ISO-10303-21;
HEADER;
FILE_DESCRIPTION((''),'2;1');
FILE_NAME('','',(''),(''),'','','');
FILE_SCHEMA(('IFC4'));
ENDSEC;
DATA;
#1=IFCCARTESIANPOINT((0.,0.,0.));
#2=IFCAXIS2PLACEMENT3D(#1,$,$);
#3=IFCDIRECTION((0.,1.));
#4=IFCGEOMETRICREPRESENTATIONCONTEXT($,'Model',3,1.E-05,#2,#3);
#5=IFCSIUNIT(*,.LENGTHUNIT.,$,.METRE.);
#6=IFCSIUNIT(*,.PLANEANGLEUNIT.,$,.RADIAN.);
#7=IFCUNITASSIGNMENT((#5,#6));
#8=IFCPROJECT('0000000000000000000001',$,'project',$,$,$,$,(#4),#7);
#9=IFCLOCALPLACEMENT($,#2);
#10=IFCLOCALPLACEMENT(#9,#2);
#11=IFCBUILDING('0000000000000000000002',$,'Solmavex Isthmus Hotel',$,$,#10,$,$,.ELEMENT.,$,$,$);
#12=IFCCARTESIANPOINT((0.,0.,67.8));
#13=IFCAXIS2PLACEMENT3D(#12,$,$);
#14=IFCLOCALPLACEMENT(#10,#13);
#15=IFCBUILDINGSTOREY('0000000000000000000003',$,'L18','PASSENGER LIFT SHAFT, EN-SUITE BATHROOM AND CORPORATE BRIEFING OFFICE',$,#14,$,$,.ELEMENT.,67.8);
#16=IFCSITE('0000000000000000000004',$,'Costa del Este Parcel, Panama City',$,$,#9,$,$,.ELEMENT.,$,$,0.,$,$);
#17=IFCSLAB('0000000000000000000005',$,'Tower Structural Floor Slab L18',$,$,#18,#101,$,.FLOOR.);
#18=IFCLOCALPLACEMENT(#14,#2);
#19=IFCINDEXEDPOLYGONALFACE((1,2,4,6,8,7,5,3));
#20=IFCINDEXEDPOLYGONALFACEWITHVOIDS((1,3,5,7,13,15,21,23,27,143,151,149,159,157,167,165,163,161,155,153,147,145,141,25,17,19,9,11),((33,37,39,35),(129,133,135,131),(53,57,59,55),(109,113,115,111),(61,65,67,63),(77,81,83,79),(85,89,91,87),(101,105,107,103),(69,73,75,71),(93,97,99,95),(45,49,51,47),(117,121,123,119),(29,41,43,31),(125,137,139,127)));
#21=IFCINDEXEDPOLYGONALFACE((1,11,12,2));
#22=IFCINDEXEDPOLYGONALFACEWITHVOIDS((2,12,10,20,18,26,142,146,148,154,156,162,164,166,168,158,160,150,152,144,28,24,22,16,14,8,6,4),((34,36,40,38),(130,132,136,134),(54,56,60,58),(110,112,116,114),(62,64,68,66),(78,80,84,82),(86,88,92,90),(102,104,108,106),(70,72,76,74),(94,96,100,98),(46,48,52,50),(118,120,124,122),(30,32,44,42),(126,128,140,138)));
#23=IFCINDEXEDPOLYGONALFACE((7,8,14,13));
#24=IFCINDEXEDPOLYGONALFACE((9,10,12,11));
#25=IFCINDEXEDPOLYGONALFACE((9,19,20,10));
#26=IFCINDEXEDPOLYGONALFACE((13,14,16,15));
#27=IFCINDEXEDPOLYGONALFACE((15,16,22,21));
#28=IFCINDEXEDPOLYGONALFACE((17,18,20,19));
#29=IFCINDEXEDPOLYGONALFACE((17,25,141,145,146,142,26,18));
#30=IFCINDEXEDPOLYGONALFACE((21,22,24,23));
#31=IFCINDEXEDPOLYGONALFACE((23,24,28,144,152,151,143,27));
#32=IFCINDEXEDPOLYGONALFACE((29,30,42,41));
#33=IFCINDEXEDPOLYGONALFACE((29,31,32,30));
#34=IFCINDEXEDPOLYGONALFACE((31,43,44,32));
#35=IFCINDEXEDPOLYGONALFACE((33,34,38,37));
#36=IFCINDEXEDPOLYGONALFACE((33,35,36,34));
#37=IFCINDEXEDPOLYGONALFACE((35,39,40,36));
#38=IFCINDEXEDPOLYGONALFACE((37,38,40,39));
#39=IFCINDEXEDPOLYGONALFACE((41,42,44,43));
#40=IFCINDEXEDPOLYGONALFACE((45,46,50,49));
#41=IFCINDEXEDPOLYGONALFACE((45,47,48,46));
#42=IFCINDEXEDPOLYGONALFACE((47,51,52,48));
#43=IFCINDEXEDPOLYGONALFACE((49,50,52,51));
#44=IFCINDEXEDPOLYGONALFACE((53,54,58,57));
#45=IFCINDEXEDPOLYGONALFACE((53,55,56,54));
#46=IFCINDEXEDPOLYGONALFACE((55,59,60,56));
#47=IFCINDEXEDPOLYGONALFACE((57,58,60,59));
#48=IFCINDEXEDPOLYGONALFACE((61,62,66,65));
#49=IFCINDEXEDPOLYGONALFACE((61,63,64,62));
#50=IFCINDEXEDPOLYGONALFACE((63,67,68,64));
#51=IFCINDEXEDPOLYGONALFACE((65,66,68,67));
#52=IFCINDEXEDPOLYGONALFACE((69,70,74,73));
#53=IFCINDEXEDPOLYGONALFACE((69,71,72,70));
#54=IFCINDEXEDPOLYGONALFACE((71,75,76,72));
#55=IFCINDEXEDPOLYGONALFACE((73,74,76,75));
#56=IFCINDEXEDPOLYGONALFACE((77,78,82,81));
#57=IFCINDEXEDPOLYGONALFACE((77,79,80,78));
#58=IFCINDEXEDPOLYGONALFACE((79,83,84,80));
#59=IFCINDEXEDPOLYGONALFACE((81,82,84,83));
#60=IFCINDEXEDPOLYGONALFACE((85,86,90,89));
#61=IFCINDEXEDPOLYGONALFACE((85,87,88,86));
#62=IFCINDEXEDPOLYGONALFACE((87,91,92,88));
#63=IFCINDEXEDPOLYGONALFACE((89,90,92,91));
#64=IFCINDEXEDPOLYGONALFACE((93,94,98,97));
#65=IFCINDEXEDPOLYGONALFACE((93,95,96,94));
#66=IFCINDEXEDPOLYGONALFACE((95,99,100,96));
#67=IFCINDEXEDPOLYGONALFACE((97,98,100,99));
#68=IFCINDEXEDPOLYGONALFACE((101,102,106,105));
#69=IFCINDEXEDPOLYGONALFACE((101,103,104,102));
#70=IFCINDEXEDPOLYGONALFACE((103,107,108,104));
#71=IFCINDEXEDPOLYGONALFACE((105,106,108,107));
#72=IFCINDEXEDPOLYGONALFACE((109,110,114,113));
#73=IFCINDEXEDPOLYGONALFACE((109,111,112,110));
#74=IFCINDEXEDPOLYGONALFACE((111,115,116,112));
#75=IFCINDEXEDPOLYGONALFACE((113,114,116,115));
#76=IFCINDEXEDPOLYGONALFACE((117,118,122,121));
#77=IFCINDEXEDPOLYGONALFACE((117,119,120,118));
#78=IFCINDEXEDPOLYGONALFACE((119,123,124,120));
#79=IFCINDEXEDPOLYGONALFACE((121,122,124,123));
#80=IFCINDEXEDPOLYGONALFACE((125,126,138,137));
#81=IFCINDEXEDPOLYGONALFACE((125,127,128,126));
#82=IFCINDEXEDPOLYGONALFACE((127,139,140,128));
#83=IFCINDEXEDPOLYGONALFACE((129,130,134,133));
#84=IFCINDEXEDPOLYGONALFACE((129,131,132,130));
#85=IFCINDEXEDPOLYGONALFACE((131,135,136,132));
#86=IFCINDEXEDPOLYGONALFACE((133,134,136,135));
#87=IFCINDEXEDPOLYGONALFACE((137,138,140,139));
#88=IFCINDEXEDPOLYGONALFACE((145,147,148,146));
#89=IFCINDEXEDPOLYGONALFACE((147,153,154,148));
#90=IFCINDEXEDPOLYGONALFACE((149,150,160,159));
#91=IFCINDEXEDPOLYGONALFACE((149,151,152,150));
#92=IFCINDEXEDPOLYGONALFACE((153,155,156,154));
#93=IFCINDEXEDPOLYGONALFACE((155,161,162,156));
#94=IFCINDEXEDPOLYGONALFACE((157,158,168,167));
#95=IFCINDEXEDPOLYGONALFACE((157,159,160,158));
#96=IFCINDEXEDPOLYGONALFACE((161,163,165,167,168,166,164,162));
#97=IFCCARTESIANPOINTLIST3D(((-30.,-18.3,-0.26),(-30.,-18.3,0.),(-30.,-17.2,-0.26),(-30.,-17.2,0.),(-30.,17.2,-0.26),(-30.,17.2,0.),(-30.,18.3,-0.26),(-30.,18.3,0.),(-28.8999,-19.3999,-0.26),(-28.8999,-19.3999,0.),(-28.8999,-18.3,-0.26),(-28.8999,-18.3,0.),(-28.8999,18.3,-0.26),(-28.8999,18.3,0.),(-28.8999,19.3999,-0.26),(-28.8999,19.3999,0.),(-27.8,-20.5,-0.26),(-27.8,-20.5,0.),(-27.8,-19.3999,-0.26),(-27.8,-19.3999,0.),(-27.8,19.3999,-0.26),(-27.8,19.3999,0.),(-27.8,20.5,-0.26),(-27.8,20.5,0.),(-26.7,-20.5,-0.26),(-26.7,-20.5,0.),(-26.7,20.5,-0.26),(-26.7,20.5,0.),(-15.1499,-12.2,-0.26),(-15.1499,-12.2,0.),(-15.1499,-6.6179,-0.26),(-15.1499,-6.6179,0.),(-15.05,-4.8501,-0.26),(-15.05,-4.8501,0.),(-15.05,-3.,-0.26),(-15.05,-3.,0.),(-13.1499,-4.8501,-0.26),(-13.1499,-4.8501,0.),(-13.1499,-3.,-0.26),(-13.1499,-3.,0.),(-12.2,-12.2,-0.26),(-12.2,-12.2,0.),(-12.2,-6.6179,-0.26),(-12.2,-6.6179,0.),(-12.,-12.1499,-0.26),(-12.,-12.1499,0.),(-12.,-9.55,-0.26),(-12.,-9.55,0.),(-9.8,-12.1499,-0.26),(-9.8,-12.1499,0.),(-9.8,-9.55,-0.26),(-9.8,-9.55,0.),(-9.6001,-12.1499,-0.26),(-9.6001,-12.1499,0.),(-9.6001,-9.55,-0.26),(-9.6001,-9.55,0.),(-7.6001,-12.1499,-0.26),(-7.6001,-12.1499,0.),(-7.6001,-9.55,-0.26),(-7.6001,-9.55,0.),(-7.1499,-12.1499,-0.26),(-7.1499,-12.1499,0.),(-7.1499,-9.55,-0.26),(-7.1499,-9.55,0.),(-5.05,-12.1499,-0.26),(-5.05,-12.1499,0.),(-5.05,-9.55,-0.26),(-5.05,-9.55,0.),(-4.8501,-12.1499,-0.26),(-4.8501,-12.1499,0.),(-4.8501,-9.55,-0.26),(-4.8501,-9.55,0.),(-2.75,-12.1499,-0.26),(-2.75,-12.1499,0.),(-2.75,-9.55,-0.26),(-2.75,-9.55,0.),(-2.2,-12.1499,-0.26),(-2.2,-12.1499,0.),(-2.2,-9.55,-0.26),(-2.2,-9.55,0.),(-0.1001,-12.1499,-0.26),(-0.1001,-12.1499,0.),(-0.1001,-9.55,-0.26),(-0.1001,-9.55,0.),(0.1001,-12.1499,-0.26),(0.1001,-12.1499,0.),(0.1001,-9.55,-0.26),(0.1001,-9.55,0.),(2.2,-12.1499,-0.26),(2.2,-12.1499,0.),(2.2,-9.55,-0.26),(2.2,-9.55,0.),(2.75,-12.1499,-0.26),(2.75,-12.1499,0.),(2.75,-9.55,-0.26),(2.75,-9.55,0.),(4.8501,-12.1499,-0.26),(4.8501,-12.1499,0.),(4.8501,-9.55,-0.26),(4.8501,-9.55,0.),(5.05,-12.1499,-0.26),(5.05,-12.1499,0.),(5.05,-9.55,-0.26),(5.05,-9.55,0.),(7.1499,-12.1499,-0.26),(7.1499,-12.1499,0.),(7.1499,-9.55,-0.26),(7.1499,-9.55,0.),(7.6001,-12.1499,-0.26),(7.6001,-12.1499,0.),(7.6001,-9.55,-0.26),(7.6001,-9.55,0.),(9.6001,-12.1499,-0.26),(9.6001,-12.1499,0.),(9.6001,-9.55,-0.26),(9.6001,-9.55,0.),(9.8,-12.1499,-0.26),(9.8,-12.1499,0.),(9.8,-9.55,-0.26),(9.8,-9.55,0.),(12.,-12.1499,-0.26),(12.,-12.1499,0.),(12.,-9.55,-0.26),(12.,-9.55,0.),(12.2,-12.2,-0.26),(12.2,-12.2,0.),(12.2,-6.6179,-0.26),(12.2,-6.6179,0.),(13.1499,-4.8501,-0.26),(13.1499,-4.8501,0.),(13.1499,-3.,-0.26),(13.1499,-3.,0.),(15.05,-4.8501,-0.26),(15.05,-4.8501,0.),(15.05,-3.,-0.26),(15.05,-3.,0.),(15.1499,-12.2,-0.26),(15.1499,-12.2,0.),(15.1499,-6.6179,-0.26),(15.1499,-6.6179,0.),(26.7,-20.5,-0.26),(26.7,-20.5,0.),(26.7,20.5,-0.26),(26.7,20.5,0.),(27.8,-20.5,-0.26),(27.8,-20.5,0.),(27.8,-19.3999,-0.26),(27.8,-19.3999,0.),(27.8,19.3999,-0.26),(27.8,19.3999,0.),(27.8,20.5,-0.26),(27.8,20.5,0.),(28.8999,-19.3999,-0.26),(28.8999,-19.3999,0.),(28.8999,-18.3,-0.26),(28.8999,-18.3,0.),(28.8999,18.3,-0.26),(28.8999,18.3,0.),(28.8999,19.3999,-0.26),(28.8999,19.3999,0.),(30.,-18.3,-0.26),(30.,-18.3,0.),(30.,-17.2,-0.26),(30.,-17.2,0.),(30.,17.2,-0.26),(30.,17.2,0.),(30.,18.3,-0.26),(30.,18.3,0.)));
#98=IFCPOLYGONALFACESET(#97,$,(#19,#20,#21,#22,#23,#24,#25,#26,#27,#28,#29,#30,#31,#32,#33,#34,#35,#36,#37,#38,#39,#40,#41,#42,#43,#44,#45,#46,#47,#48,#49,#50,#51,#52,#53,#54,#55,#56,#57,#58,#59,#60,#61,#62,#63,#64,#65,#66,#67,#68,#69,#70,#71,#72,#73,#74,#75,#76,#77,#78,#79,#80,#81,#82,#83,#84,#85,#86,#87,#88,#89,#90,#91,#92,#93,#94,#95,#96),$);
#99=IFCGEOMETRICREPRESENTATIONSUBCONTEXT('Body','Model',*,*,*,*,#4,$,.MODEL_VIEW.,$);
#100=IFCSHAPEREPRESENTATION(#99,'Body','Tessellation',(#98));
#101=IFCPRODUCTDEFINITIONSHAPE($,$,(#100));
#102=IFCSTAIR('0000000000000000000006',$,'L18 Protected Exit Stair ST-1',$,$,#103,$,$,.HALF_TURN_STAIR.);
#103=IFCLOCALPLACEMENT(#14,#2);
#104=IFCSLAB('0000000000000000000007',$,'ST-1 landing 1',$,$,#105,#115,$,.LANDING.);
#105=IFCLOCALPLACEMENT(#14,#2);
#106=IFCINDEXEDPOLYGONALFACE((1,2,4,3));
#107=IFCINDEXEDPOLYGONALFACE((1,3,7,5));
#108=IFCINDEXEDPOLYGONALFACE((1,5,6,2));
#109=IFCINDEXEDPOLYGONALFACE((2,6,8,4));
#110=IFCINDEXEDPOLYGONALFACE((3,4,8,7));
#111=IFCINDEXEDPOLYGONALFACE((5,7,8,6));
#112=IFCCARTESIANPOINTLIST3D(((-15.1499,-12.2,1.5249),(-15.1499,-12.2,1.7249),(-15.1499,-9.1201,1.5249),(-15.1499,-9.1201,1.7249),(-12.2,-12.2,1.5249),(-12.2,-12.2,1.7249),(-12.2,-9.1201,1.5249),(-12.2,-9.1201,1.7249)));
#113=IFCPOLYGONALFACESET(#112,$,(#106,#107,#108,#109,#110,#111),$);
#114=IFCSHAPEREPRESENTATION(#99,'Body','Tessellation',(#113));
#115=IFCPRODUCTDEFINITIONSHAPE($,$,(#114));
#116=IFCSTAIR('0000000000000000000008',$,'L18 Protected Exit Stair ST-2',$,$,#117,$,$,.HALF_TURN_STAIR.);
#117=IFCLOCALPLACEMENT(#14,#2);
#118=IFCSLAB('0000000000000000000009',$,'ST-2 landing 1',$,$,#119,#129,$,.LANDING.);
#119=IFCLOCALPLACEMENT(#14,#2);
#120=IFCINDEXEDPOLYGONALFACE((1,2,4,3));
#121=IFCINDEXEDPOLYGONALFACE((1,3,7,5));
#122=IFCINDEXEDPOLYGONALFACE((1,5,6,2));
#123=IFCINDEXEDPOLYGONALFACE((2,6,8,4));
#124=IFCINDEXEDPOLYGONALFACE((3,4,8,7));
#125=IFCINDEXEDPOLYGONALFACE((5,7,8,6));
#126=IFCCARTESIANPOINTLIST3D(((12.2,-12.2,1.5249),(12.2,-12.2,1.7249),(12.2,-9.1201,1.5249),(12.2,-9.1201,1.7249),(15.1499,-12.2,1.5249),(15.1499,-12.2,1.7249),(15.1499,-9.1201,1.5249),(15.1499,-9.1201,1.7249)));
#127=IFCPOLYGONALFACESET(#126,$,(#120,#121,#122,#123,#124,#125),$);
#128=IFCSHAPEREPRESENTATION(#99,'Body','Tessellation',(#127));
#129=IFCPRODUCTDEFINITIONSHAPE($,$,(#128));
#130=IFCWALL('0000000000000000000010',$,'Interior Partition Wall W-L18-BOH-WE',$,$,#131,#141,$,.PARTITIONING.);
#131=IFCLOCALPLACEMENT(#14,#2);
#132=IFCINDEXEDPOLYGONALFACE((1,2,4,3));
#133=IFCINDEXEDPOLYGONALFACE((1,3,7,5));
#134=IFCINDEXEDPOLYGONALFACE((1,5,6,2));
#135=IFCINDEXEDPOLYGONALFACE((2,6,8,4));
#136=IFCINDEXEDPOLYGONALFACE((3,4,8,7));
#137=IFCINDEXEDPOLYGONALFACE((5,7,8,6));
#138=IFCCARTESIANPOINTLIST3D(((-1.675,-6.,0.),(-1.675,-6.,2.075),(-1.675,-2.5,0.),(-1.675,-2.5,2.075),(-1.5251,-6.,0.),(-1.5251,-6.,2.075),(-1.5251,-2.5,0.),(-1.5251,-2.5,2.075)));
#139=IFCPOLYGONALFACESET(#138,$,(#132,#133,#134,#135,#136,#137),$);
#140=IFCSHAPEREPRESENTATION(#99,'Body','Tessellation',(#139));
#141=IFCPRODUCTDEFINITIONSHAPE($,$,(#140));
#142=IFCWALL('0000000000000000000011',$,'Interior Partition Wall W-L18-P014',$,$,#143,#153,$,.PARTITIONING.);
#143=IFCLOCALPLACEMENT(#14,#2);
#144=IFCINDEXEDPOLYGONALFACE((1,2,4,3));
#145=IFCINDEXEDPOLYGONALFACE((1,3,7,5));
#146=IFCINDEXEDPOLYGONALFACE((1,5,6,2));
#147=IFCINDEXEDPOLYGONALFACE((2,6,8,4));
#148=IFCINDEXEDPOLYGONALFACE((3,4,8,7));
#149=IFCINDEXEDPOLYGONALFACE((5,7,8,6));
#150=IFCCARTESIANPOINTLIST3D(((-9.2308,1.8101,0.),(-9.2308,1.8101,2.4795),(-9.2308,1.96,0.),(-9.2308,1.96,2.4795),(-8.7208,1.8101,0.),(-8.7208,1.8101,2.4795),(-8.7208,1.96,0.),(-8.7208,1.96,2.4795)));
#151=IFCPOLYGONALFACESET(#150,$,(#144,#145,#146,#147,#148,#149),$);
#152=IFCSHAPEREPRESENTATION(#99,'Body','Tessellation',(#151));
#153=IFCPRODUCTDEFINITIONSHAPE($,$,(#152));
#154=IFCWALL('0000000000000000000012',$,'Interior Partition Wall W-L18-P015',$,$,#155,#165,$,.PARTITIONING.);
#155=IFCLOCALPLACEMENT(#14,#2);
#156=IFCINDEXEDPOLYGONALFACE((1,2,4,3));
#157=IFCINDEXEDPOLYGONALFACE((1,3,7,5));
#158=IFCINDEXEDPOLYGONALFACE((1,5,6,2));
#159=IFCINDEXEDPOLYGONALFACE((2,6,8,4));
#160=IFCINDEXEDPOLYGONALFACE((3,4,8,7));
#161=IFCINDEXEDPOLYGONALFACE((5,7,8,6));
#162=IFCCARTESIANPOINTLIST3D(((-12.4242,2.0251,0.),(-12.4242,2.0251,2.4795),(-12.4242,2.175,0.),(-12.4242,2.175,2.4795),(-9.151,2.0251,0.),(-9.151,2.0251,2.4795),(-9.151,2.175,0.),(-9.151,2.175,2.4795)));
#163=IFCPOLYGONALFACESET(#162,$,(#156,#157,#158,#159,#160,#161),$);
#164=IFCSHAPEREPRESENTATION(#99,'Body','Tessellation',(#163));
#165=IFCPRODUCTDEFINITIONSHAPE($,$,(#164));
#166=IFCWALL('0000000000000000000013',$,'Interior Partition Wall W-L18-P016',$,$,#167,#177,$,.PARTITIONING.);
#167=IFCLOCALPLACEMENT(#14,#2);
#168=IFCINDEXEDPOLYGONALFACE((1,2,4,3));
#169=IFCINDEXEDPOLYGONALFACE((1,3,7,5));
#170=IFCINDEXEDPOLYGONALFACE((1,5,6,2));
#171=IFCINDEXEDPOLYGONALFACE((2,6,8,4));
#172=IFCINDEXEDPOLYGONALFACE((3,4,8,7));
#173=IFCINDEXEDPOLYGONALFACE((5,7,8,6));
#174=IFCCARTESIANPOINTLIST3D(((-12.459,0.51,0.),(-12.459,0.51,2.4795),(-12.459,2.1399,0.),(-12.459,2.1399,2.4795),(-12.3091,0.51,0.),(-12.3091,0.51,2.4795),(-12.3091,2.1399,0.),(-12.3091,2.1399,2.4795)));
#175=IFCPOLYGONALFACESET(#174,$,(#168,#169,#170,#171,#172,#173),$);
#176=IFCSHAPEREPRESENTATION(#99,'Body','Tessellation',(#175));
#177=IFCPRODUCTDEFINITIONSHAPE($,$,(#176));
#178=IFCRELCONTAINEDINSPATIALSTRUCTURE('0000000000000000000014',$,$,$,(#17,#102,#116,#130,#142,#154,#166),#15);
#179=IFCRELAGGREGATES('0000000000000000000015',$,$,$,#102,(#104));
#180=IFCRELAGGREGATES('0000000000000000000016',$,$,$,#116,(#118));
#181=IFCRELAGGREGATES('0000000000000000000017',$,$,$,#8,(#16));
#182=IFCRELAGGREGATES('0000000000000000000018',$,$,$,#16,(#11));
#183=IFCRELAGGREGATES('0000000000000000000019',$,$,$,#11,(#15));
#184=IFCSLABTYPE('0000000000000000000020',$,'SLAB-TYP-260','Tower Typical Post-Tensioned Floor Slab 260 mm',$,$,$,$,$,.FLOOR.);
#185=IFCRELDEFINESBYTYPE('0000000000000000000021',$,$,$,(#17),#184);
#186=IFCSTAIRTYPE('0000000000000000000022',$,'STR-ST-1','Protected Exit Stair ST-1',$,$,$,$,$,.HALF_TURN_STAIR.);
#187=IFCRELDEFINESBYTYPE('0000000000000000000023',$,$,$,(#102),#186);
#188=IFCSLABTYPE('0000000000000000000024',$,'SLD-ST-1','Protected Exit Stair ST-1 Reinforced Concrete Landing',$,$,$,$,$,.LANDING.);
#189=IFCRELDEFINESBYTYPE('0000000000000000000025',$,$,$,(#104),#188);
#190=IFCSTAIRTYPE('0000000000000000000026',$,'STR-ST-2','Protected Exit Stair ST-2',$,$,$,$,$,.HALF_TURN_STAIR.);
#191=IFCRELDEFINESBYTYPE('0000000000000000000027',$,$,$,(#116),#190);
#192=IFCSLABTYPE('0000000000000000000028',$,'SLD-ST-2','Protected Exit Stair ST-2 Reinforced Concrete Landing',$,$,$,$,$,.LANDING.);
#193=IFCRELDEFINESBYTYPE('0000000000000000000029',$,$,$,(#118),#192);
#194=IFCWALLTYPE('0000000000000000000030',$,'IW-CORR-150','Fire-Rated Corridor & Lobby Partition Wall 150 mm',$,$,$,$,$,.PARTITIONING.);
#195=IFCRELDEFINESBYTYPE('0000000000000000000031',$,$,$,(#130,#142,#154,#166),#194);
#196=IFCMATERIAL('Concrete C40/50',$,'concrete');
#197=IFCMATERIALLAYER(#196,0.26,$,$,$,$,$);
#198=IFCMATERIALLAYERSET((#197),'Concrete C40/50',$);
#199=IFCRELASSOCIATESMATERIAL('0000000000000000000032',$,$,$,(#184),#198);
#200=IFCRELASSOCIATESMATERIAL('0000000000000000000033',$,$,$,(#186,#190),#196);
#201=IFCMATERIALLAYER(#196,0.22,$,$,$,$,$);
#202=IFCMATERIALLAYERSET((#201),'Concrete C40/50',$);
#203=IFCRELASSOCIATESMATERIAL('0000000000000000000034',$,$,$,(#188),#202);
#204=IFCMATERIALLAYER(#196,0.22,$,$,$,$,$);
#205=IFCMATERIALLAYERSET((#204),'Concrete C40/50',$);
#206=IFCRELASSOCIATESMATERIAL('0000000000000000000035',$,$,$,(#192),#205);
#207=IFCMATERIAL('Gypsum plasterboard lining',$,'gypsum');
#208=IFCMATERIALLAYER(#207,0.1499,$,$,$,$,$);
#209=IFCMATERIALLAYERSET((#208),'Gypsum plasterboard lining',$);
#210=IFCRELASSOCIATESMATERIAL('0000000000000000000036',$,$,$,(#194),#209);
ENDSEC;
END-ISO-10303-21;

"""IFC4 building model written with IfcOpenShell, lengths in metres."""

from ifc_helpers import new_model, si_unit, direction, frame, frame_2d, origin, place, context, subcontext, project, spatial, polyline, rectangle, outline, extrude, material, layer, layer_set, type_object, element, aggregate, save


model = new_model("IFC4")

# Units and contexts
model_context = context("Model", 3, precision=1e-05, world=origin(), true_north=direction((0.0, 1.0)))
body_context = subcontext(model_context, "Body", "Model", "MODEL_VIEW")
ifc_project = project(units=[si_unit("LENGTHUNIT", "METRE"), si_unit("PLANEANGLEUNIT", "RADIAN")], contexts=[model_context])

# Site, building, storey
site_placement = place(None, origin())
site = spatial("IfcSite", under=ifc_project, at=site_placement, Name="Costa del Este Parcel, Panama City", CompositionType="ELEMENT", RefElevation=0.0)
building_placement = place(site_placement, origin())
building = spatial("IfcBuilding", under=site, at=building_placement, Name="Solmavex Isthmus Hotel", CompositionType="ELEMENT")
storey_placement = place(building_placement, frame((0.0, 0.0, 67.8)))
storey = spatial("IfcBuildingStorey", under=building, at=storey_placement, Name="L18", Description="PASSENGER LIFT SHAFT, EN-SUITE BATHROOM AND CORPORATE BRIEFING OFFICE", CompositionType="ELEMENT", Elevation=67.8)

# Slab
ifc_material_1 = material(Name="Concrete C40/50", Category="concrete")
ifc_layer_1 = layer(ifc_material_1, 0.26)
ifc_layer_set_1 = layer_set([ifc_layer_1], Name="Concrete C40/50")
slab_type_1 = type_object("IfcSlabType", Name="SLAB-TYP-260", Description="Tower Typical Post-Tensioned Floor Slab 260 mm", PredefinedType="FLOOR", material=ifc_layer_set_1)
slab_1_placement = place(storey_placement, frame((0.0, 0.0, -0.26)))
element("IfcSlab", 1, at=slab_1_placement, inside=storey, type_object=slab_type_1, Name="Tower Structural Floor Slab L18", PredefinedType="FLOOR", context=body_context, shape_type="SweptSolid", body=[
    extrude(outline(polyline([(-26.7, -20.5), (26.7, -20.5), (27.8, -20.5), (27.8, -19.3999), (28.8999, -19.3999), (28.8999, -18.3), (30.0, -18.3), (30.0, -17.2), (30.0, 17.2), (30.0, 18.3), (28.8999, 18.3), (28.8999, 19.3999), (27.8, 19.3999), (27.8, 20.5), (26.7, 20.5), (-26.7, 20.5), (-27.8, 20.5), (-27.8, 19.3999), (-28.8999, 19.3999), (-28.8999, 18.3), (-30.0, 18.3), (-30.0, 17.2), (-30.0, -17.2), (-30.0, -18.3), (-28.8999, -18.3), (-28.8999, -19.3999), (-27.8, -19.3999), (-27.8, -20.5), (-26.7, -20.5)]), holes=[polyline([(-15.1499, -6.6179), (-15.1499, -12.2), (-12.2, -12.2), (-12.2, -6.6179), (-15.1499, -6.6179)]), polyline([(12.2, -6.6179), (12.2, -12.2), (15.1499, -12.2), (15.1499, -6.6179), (12.2, -6.6179)]), polyline([(-12.0, -12.1499), (-9.8, -12.1499), (-9.8, -9.55), (-12.0, -9.55), (-12.0, -12.1499)]), polyline([(9.8, -12.1499), (12.0, -12.1499), (12.0, -9.55), (9.8, -9.55), (9.8, -12.1499)]), polyline([(-9.6001, -12.1499), (-7.6001, -12.1499), (-7.6001, -9.55), (-9.6001, -9.55), (-9.6001, -12.1499)]), polyline([(7.6001, -12.1499), (9.6001, -12.1499), (9.6001, -9.55), (7.6001, -9.55), (7.6001, -12.1499)]), polyline([(-7.1499, -12.1499), (-5.05, -12.1499), (-5.05, -9.55), (-7.1499, -9.55), (-7.1499, -12.1499)]), polyline([(-4.8501, -12.1499), (-2.75, -12.1499), (-2.75, -9.55), (-4.8501, -9.55), (-4.8501, -12.1499)]), polyline([(-2.2, -12.1499), (-0.1001, -12.1499), (-0.1001, -9.55), (-2.2, -9.55), (-2.2, -12.1499)]), polyline([(0.1001, -12.1499), (2.2, -12.1499), (2.2, -9.55), (0.1001, -9.55), (0.1001, -12.1499)]), polyline([(2.75, -12.1499), (4.8501, -12.1499), (4.8501, -9.55), (2.75, -9.55), (2.75, -12.1499)]), polyline([(5.05, -12.1499), (7.1499, -12.1499), (7.1499, -9.55), (5.05, -9.55), (5.05, -12.1499)]), polyline([(-15.05, -4.8501), (-13.1499, -4.8501), (-13.1499, -3.0), (-15.05, -3.0), (-15.05, -4.8501)]), polyline([(13.1499, -4.8501), (15.05, -4.8501), (15.05, -3.0), (13.1499, -3.0), (13.1499, -4.8501)])]), origin(), (0.0, 0.0, 1.0), 0.26),
])

# Stairs, slabs
stair_type_1 = type_object("IfcStairType", Name="STR-ST-1", Description="Protected Exit Stair ST-1", PredefinedType="HALF_TURN_STAIR", material=ifc_material_1)
stair_1_placement = place(storey_placement, origin())
stair_1 = element("IfcStair", 2, at=stair_1_placement, inside=storey, type_object=stair_type_1, Name="L18 Protected Exit Stair ST-1", PredefinedType="HALF_TURN_STAIR")
ifc_layer_2 = layer(ifc_material_1, 0.22)
ifc_layer_set_2 = layer_set([ifc_layer_2], Name="Concrete C40/50")
slab_type_2 = type_object("IfcSlabType", Name="SLD-ST-1", Description="Protected Exit Stair ST-1 Reinforced Concrete Landing", PredefinedType="LANDING", material=ifc_layer_set_2)
slab_2_placement = place(storey_placement, frame((0.0, 0.0, 1.5249)))
slab_2 = element("IfcSlab", 3, at=slab_2_placement, type_object=slab_type_2, Name="ST-1 landing 1", PredefinedType="LANDING", context=body_context, shape_type="SweptSolid", body=[
    extrude(outline(polyline([(-15.1499, -9.1201), (-15.1499, -12.2), (-12.2, -12.2), (-12.2, -9.1201), (-15.1499, -9.1201)])), origin(), (0.0, 0.0, 1.0), 0.2),
])
aggregate(stair_1, [slab_2])
stair_type_2 = type_object("IfcStairType", Name="STR-ST-2", Description="Protected Exit Stair ST-2", PredefinedType="HALF_TURN_STAIR", material=ifc_material_1)
stair_2_placement = place(storey_placement, origin())
stair_2 = element("IfcStair", 4, at=stair_2_placement, inside=storey, type_object=stair_type_2, Name="L18 Protected Exit Stair ST-2", PredefinedType="HALF_TURN_STAIR")
ifc_layer_3 = layer(ifc_material_1, 0.22)
ifc_layer_set_3 = layer_set([ifc_layer_3], Name="Concrete C40/50")
slab_type_3 = type_object("IfcSlabType", Name="SLD-ST-2", Description="Protected Exit Stair ST-2 Reinforced Concrete Landing", PredefinedType="LANDING", material=ifc_layer_set_3)
slab_3_placement = place(storey_placement, frame((0.0, 0.0, 1.5249)))
slab_3 = element("IfcSlab", 5, at=slab_3_placement, type_object=slab_type_3, Name="ST-2 landing 1", PredefinedType="LANDING", context=body_context, shape_type="SweptSolid", body=[
    extrude(outline(polyline([(12.2, -9.1201), (12.2, -12.2), (15.1499, -12.2), (15.1499, -9.1201), (12.2, -9.1201)])), origin(), (0.0, 0.0, 1.0), 0.2),
])
aggregate(stair_2, [slab_3])

# Walls
ifc_material_2 = material(Name="Gypsum plasterboard lining", Category="gypsum")
ifc_layer_4 = layer(ifc_material_2, 0.1499)
ifc_layer_set_4 = layer_set([ifc_layer_4], Name="Gypsum plasterboard lining")
wall_type_1 = type_object("IfcWallType", Name="IW-CORR-150", Description="Fire-Rated Corridor & Lobby Partition Wall 150 mm", PredefinedType="PARTITIONING", material=ifc_layer_set_4)
wall_1_placement = place(storey_placement, frame((-1.6001, -6.0, 0.0), z_axis=(0.0, 0.0, 1.0), x_axis=(0.0, 1.0, 0.0)))
element("IfcWall", 6, at=wall_1_placement, inside=storey, type_object=wall_type_1, Name="Interior Partition Wall W-L18-BOH-WE", PredefinedType="PARTITIONING", context=body_context, shape_type="SweptSolid", body=[
    extrude(rectangle(XDim=3.5, YDim=0.1499, at=frame_2d((1.75, 0.0))), origin(), (0.0, 0.0, 1.0), 2.075),
])
wall_2_placement = place(storey_placement, frame((-8.7209, 1.885, 0.0), z_axis=(0.0, 0.0, 1.0), x_axis=(-1.0, 0.0, 0.0)))
element("IfcWall", 7, at=wall_2_placement, inside=storey, type_object=wall_type_1, Name="Interior Partition Wall W-L18-P014", PredefinedType="PARTITIONING", context=body_context, shape_type="SweptSolid", body=[
    extrude(rectangle(XDim=0.51, YDim=0.1499, at=frame_2d((0.2549, 0.0))), origin(), (0.0, 0.0, 1.0), 2.4795),
])
wall_3_placement = place(storey_placement, frame((-9.1509, 2.1001, 0.0), z_axis=(0.0, 0.0, 1.0), x_axis=(-1.0, 0.0, 0.0)))
element("IfcWall", 8, at=wall_3_placement, inside=storey, type_object=wall_type_1, Name="Interior Partition Wall W-L18-P015", PredefinedType="PARTITIONING", context=body_context, shape_type="SweptSolid", body=[
    extrude(rectangle(XDim=3.2732, YDim=0.1499, at=frame_2d((1.6367, 0.0))), origin(), (0.0, 0.0, 1.0), 2.4795),
])
wall_4_placement = place(storey_placement, frame((-12.384, 2.1399, 0.0), z_axis=(0.0, 0.0, 1.0), x_axis=(0.0, -1.0, 0.0)))
element("IfcWall", 9, at=wall_4_placement, inside=storey, type_object=wall_type_1, Name="Interior Partition Wall W-L18-P016", PredefinedType="PARTITIONING", context=body_context, shape_type="SweptSolid", body=[
    extrude(rectangle(XDim=1.6299, YDim=0.1499, at=frame_2d((0.8149, 0.0))), origin(), (0.0, 0.0, 1.0), 2.4795),
])

save(model, "model.ifc")
